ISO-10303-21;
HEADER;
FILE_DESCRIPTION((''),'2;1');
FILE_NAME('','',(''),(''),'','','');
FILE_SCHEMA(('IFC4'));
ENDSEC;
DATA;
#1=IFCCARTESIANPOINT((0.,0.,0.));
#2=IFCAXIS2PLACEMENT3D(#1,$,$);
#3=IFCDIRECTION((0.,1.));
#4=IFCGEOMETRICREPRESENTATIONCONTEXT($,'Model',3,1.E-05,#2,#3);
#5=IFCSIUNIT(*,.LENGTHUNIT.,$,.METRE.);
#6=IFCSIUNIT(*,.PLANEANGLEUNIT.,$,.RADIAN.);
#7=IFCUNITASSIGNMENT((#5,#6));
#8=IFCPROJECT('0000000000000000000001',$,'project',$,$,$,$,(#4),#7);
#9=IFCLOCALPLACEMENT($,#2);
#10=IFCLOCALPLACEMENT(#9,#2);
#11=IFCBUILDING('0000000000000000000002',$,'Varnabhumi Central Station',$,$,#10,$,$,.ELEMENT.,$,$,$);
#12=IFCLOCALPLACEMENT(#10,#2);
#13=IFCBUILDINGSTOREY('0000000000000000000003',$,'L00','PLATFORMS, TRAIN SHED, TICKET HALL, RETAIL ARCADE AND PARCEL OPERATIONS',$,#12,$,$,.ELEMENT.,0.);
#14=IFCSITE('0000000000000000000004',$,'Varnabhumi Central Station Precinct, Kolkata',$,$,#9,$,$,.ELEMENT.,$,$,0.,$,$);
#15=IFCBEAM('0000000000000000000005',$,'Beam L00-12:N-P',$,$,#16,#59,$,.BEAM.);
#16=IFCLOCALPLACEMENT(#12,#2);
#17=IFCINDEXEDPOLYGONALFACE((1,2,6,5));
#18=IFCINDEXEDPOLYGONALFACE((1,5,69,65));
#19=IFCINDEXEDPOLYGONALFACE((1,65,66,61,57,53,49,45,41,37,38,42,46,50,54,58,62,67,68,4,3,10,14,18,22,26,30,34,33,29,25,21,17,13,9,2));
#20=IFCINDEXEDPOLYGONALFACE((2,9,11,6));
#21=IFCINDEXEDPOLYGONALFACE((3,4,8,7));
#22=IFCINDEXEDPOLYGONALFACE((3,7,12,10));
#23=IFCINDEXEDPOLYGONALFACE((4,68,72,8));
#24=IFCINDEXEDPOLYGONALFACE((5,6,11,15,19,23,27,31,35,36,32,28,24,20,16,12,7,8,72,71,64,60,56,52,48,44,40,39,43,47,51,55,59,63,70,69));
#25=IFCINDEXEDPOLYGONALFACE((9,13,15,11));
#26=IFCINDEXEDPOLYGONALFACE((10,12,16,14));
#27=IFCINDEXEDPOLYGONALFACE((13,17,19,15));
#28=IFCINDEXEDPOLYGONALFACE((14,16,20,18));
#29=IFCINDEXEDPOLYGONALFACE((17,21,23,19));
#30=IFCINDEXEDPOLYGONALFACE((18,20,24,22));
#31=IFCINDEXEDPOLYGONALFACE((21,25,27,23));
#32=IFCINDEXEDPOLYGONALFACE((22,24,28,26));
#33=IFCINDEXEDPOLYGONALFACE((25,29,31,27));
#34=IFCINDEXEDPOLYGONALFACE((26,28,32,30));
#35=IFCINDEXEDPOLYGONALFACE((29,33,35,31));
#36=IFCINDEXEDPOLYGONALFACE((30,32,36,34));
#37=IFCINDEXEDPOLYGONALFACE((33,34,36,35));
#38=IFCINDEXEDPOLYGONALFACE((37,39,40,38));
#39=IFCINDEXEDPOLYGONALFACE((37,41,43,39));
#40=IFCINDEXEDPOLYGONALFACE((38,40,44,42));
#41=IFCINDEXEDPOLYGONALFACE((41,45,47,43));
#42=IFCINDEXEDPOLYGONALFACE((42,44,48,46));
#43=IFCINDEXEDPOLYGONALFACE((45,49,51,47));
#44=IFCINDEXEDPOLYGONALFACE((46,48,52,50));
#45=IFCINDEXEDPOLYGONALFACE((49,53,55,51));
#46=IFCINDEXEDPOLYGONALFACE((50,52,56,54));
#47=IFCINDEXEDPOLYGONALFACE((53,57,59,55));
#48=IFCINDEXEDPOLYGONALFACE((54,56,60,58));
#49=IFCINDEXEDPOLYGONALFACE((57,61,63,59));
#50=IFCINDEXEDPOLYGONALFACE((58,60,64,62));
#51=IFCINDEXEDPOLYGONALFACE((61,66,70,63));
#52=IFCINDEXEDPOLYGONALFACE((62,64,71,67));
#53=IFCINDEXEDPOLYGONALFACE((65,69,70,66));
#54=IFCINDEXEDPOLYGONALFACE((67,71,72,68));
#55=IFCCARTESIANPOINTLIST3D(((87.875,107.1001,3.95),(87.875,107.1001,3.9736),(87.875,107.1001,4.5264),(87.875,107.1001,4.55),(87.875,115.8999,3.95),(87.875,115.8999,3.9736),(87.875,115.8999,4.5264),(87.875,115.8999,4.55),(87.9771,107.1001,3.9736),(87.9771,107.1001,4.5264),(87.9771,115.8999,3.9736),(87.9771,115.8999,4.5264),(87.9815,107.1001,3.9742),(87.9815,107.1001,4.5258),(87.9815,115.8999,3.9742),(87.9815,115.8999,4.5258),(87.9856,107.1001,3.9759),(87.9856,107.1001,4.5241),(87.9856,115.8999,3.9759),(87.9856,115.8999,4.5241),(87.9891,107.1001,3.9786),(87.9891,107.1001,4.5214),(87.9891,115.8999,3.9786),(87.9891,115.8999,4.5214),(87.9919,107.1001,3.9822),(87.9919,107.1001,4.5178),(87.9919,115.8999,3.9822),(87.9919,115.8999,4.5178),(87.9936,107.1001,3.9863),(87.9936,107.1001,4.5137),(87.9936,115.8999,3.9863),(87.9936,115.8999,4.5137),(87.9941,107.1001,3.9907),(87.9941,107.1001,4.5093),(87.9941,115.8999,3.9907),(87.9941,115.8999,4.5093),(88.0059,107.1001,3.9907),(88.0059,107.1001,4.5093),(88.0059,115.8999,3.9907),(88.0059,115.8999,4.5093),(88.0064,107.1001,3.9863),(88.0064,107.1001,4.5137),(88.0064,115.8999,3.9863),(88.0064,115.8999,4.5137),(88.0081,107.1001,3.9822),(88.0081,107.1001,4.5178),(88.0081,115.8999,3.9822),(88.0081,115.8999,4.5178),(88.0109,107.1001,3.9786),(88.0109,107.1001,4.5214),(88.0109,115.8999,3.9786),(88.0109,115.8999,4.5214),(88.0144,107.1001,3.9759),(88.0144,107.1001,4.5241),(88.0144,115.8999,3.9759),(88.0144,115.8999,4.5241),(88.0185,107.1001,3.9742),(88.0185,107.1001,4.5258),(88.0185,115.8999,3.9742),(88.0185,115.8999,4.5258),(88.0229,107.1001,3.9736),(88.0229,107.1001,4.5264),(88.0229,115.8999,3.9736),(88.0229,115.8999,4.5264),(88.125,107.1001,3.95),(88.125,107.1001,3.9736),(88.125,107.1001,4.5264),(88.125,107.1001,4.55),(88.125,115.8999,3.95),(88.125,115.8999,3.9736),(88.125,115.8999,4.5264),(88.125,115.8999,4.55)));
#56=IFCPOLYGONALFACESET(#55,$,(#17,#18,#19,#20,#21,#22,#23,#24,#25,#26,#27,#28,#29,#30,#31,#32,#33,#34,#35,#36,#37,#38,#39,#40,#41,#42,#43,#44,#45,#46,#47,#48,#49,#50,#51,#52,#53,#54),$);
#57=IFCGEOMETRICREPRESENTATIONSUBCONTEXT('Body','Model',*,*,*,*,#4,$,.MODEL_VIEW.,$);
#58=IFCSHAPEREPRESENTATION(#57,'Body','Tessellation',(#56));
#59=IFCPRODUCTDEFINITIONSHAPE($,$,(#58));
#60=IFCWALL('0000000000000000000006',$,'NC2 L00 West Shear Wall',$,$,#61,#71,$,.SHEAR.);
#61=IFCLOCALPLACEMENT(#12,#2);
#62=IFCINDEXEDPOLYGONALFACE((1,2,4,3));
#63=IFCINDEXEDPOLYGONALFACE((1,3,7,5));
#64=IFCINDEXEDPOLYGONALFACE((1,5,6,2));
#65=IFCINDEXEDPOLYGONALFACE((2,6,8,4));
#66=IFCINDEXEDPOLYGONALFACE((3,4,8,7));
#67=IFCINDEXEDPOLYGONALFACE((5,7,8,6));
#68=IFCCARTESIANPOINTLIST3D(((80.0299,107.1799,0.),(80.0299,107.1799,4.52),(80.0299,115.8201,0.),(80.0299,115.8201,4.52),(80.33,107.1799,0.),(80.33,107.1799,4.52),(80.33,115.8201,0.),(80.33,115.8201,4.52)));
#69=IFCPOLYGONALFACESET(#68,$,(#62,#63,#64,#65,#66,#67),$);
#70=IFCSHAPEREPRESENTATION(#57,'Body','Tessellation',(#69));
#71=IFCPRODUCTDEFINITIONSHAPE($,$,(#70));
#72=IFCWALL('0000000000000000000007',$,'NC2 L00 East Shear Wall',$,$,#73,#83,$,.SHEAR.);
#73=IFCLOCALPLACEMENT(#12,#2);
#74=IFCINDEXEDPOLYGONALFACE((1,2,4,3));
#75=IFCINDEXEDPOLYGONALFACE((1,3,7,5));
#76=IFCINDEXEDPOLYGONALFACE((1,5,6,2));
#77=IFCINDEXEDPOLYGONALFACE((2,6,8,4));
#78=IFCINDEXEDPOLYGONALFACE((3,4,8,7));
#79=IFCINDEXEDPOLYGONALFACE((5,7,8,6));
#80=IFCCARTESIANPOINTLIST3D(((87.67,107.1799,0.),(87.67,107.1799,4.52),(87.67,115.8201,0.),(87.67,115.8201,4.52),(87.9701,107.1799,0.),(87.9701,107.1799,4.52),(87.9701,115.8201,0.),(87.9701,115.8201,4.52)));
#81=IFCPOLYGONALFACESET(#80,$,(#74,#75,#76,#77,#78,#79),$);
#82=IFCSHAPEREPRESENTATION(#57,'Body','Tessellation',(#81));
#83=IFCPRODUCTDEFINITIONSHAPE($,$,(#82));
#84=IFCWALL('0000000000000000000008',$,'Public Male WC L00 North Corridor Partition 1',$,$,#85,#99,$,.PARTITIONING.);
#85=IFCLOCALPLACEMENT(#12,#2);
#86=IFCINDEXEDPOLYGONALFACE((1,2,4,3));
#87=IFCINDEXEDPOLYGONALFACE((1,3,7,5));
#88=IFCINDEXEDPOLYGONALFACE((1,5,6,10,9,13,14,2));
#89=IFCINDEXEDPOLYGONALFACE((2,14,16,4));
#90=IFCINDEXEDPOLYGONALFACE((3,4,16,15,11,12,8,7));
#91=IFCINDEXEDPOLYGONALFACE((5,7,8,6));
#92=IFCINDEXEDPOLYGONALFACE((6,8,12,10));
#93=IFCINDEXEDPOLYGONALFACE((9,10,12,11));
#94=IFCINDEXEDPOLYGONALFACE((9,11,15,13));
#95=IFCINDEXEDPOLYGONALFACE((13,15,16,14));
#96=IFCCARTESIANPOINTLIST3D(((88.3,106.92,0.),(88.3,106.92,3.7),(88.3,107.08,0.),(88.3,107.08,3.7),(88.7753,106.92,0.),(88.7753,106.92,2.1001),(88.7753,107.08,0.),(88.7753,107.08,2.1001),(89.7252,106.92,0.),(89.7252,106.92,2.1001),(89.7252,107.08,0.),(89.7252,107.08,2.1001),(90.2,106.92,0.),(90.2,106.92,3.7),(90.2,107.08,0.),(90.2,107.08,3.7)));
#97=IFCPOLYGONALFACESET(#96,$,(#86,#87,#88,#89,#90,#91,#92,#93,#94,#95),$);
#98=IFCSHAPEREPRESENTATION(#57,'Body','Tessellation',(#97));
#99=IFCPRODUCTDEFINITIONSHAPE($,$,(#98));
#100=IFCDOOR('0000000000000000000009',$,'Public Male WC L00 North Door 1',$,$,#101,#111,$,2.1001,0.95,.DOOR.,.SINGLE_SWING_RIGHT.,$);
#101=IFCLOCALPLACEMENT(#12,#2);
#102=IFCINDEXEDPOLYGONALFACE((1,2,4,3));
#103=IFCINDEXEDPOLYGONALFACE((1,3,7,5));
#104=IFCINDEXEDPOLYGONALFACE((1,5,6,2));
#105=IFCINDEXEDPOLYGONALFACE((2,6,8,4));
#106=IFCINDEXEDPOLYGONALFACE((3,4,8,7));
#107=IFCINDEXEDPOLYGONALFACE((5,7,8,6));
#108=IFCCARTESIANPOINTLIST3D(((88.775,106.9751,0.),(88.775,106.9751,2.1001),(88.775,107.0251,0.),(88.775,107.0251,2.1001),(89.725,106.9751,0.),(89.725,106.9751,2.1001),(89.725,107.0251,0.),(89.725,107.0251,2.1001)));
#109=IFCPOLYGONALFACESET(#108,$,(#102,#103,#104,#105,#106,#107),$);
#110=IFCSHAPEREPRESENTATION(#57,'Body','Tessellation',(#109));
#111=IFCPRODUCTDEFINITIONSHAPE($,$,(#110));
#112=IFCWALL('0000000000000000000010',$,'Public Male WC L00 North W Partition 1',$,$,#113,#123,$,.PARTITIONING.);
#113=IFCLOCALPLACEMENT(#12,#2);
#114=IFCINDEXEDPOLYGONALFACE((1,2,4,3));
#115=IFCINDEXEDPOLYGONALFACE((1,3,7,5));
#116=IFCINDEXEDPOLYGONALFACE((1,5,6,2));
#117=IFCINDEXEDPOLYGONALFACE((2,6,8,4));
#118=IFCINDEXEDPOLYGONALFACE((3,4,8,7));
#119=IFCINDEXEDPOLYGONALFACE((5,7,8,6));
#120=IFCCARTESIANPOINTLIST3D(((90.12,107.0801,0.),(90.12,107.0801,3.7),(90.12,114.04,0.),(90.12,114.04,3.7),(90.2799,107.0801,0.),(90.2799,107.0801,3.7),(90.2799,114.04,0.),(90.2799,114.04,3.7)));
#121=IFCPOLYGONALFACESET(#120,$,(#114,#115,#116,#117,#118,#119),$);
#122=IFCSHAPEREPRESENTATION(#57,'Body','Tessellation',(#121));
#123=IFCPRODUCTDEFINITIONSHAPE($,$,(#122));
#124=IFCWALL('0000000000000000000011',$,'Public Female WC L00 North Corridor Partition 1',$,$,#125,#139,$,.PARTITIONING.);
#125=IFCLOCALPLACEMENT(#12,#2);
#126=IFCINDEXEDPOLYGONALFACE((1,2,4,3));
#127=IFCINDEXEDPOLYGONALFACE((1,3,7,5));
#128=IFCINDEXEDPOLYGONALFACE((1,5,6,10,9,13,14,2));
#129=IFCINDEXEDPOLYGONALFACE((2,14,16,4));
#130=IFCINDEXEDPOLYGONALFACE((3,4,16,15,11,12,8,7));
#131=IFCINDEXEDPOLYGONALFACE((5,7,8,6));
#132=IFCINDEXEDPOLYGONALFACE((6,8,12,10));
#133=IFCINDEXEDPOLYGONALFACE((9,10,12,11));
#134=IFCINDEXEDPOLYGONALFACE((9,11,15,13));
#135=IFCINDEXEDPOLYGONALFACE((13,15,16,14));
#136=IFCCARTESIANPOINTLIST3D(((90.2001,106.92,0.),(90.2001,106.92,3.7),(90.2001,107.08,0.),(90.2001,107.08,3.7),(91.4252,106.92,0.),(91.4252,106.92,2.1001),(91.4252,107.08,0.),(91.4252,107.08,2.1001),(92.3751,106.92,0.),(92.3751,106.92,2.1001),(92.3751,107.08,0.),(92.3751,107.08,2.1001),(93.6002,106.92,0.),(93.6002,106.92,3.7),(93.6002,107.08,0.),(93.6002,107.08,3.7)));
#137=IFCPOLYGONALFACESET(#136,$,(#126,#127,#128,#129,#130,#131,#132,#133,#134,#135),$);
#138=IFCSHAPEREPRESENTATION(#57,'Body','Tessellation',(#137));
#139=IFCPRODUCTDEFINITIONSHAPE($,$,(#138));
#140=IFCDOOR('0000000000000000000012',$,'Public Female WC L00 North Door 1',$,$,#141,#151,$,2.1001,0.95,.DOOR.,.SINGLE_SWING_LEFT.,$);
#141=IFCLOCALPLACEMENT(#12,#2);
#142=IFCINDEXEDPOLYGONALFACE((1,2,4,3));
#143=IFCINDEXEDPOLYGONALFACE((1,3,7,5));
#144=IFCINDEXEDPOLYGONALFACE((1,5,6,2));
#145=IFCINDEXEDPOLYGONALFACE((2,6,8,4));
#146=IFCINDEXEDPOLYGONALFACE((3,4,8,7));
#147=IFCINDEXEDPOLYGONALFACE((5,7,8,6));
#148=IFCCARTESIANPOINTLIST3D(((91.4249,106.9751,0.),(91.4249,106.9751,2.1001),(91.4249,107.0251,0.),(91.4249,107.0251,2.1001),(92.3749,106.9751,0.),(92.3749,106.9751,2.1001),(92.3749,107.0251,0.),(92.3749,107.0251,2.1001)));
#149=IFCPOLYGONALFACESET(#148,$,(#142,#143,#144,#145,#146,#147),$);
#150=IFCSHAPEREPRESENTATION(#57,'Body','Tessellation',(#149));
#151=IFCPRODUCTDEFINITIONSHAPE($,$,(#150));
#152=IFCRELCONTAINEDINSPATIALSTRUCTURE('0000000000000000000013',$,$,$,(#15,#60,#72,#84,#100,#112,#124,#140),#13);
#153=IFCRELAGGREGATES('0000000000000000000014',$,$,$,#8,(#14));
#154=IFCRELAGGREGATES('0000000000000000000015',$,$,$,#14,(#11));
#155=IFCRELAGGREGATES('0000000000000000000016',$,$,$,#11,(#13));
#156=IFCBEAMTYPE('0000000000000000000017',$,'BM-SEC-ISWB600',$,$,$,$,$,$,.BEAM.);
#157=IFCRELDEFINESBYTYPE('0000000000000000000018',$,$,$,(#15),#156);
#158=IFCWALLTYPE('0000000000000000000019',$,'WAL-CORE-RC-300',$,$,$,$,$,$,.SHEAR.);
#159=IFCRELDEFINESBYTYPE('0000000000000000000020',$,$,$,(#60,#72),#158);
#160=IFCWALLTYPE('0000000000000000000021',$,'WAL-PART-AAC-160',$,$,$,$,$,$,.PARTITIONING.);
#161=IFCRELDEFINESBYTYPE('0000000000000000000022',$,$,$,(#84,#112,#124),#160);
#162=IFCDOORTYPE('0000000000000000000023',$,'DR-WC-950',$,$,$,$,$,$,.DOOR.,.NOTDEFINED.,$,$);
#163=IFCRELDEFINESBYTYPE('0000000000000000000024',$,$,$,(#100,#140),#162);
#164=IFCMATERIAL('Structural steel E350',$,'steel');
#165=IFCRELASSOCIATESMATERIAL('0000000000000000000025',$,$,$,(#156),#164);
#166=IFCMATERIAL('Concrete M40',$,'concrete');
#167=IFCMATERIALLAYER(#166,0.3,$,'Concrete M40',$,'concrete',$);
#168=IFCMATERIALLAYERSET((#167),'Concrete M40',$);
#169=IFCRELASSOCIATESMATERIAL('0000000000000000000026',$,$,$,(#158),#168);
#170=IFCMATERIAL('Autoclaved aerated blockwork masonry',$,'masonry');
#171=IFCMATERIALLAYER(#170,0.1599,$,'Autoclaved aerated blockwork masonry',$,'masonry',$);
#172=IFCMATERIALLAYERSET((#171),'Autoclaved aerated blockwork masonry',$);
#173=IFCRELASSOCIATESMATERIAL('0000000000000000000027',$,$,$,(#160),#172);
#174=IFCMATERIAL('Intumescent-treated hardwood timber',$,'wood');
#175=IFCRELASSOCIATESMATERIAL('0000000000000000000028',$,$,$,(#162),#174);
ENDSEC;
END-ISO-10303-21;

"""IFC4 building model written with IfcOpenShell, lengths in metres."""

from ifc_helpers import new_model, si_unit, direction, frame, frame_2d, origin, origin_2d, place, context, subcontext, project, spatial, rectangle, i_section, extrude, material, layer, layer_set, material_profile, profile_set, type_object, element, fill, save


model = new_model("IFC4")

# Units and contexts
model_context = context("Model", 3, precision=1e-05, world=origin(), true_north=direction((0.0, 1.0)))
body_context = subcontext(model_context, "Body", "Model", "MODEL_VIEW")
ifc_project = project(units=[si_unit("LENGTHUNIT", "METRE"), si_unit("PLANEANGLEUNIT", "RADIAN")], contexts=[model_context])

# Site, building, storey
site_placement = place(None, origin())
site = spatial("IfcSite", under=ifc_project, at=site_placement, Name="Varnabhumi Central Station Precinct, Kolkata", CompositionType="ELEMENT", RefElevation=0.0)
building_placement = place(site_placement, origin())
building = spatial("IfcBuilding", under=site, at=building_placement, Name="Varnabhumi Central Station", CompositionType="ELEMENT")
storey_placement = place(building_placement, origin())
storey = spatial("IfcBuildingStorey", under=building, at=storey_placement, Name="L00", Description="PLATFORMS, TRAIN SHED, TICKET HALL, RETAIL ARCADE AND PARCEL OPERATIONS", CompositionType="ELEMENT", Elevation=0.0)

# Shared definitions
ifc_material_1 = material(Name="Concrete M40", Category="concrete")

# Beam
ifc_material_2 = material(Name="Structural steel E350", Category="steel")
ifc_material_profile_1 = material_profile(ifc_material_2, i_section(OverallWidth=0.25, OverallDepth=0.6001, WebThickness=0.0117, FlangeThickness=0.0237, FilletRadius=0.0171, at=origin_2d()), Name="Structural steel E350", Category="steel")
ifc_profile_set_1 = profile_set([ifc_material_profile_1], Name="Structural steel E350")
beam_type_1 = type_object("IfcBeamType", Name="BM-SEC-ISWB600", PredefinedType="BEAM", material=ifc_profile_set_1)
for number, where, z_axis, x_axis, name in (
    (1, (88.0, 107.1001, 4.25), (0.0, 1.0, 0.0), (-1.0, 0.0, 0.0), "Beam L00-12:N-P"),
):
    element("IfcBeam", number, at=place(storey_placement, frame(where, z_axis=z_axis, x_axis=x_axis)), inside=storey, type_object=beam_type_1, Name=name, PredefinedType="BEAM", context=body_context, shape_type="SweptSolid", body=[
        extrude(i_section(OverallWidth=0.25, OverallDepth=0.6001, WebThickness=0.0117, FlangeThickness=0.0237, FilletRadius=0.0171, at=origin_2d()), origin(), (0.0, 0.0, 1.0), 8.7998),
    ])

# Walls
ifc_layer_1 = layer(ifc_material_1, 0.3, Name="Concrete M40", Category="concrete")
ifc_layer_set_1 = layer_set([ifc_layer_1], Name="Concrete M40")
wall_type_1 = type_object("IfcWallType", Name="WAL-CORE-RC-300", PredefinedType="SHEAR", material=ifc_layer_set_1)
for number, where, z_axis, x_axis, name in (
    (2, (80.1799, 107.1799, 0.0), (0.0, 0.0, 1.0), (0.0, 1.0, 0.0), "NC2 L00 West Shear Wall"),
    (3, (87.8201, 107.1799, 0.0), (0.0, 0.0, 1.0), (0.0, 1.0, 0.0), "NC2 L00 East Shear Wall"),
):
    element("IfcWall", number, at=place(storey_placement, frame(where, z_axis=z_axis, x_axis=x_axis)), inside=storey, type_object=wall_type_1, Name=name, PredefinedType="SHEAR", context=body_context, shape_type="SweptSolid", body=[
        extrude(rectangle(XDim=8.6401, YDim=0.3, at=frame_2d((4.3201, 0.0))), origin(), (0.0, 0.0, 1.0), 4.52),
    ])

# Wall, opening, door
ifc_material_3 = material(Name="Autoclaved aerated blockwork masonry", Category="masonry")
ifc_layer_2 = layer(ifc_material_3, 0.1599, Name="Autoclaved aerated blockwork masonry", Category="masonry")
ifc_layer_set_2 = layer_set([ifc_layer_2], Name="Autoclaved aerated blockwork masonry")
wall_type_2 = type_object("IfcWallType", Name="WAL-PART-AAC-160", PredefinedType="PARTITIONING", material=ifc_layer_set_2)
wall_1_placement = place(storey_placement, frame((88.3, 107.0, 0.0), z_axis=(0.0, 0.0, 1.0), x_axis=(1.0, 0.0, 0.0)))
wall_1 = element("IfcWall", 4, at=wall_1_placement, inside=storey, type_object=wall_type_2, Name="Public Male WC L00 North Corridor Partition 1", PredefinedType="PARTITIONING", context=body_context, shape_type="SweptSolid", body=[
    extrude(rectangle(XDim=1.8999, YDim=0.1599, at=frame_2d((0.95, 0.0))), origin(), (0.0, 0.0, 1.0), 3.7),
])
opening_1_placement = place(wall_1_placement, frame((0.4751, 0.0, 0.0)))
opening_1 = element("IfcOpeningElement", 5, at=opening_1_placement, cuts=wall_1, PredefinedType="OPENING", context=body_context, shape_type="SweptSolid", body=[
    extrude(rectangle(XDim=0.95, YDim=2.1001, at=frame_2d((0.4751, 1.05))), frame((0.0, 0.0898, 0.0), z_axis=(0.0, -1.0, 0.0), x_axis=(1.0, 0.0, 0.0)), (0.0, 0.0, 1.0), 0.1799),
])
ifc_material_4 = material(Name="Intumescent-treated hardwood timber", Category="wood")
door_type = type_object("IfcDoorType", Name="DR-WC-950", OperationType="NOTDEFINED", PredefinedType="DOOR", material=ifc_material_4)
door_1_placement = place(opening_1_placement, frame((0.95, 0.0, 0.0), z_axis=(0.0, 0.0, 1.0), x_axis=(-1.0, 0.0, 0.0)))
door_1 = element("IfcDoor", 6, at=door_1_placement, inside=storey, type_object=door_type, Name="Public Male WC L00 North Door 1", OperationType="SINGLE_SWING_RIGHT", OverallHeight=2.1001, OverallWidth=0.95, PredefinedType="DOOR", context=body_context, shape_type="SweptSolid", body=[
    extrude(rectangle(XDim=0.95, YDim=2.1001, at=frame_2d((0.4751, 1.05))), frame((0.0, 0.0249, 0.0), z_axis=(0.0, -1.0, 0.0), x_axis=(1.0, 0.0, 0.0)), (0.0, 0.0, 1.0), 0.05),
])
fill(opening_1, door_1)

# Wall
wall_2_placement = place(storey_placement, frame((90.2, 107.0801, 0.0), z_axis=(0.0, 0.0, 1.0), x_axis=(0.0, 1.0, 0.0)))
element("IfcWall", 7, at=wall_2_placement, inside=storey, type_object=wall_type_2, Name="Public Male WC L00 North W Partition 1", PredefinedType="PARTITIONING", context=body_context, shape_type="SweptSolid", body=[
    extrude(rectangle(XDim=6.96, YDim=0.1599, at=frame_2d((3.48, 0.0))), origin(), (0.0, 0.0, 1.0), 3.7),
])

# Wall, opening, door
wall_3_placement = place(storey_placement, frame((90.2, 107.0, 0.0), z_axis=(0.0, 0.0, 1.0), x_axis=(1.0, 0.0, 0.0)))
wall_3 = element("IfcWall", 8, at=wall_3_placement, inside=storey, type_object=wall_type_2, Name="Public Female WC L00 North Corridor Partition 1", PredefinedType="PARTITIONING", context=body_context, shape_type="SweptSolid", body=[
    extrude(rectangle(XDim=3.4001, YDim=0.1599, at=frame_2d((1.7002, 0.0))), origin(), (0.0, 0.0, 1.0), 3.7),
])
opening_2_placement = place(wall_3_placement, frame((1.2251, 0.0, 0.0)))
opening_2 = element("IfcOpeningElement", 9, at=opening_2_placement, cuts=wall_3, PredefinedType="OPENING", context=body_context, shape_type="SweptSolid", body=[
    extrude(rectangle(XDim=0.95, YDim=2.1001, at=frame_2d((0.4751, 1.05))), frame((0.0, 0.0898, 0.0), z_axis=(0.0, -1.0, 0.0), x_axis=(1.0, 0.0, 0.0)), (0.0, 0.0, 1.0), 0.1799),
])
door_2_placement = place(opening_2_placement, frame((0.95, 0.0, 0.0), z_axis=(0.0, 0.0, 1.0), x_axis=(-1.0, 0.0, 0.0)))
door_2 = element("IfcDoor", 10, at=door_2_placement, inside=storey, type_object=door_type, Name="Public Female WC L00 North Door 1", OperationType="SINGLE_SWING_LEFT", OverallHeight=2.1001, OverallWidth=0.95, PredefinedType="DOOR", context=body_context, shape_type="SweptSolid", body=[
    extrude(rectangle(XDim=0.95, YDim=2.1001, at=frame_2d((0.4751, 1.05))), frame((0.0, 0.0249, 0.0), z_axis=(0.0, -1.0, 0.0), x_axis=(1.0, 0.0, 0.0)), (0.0, 0.0, 1.0), 0.05),
])
fill(opening_2, door_2)

save(model, "model.ifc")
